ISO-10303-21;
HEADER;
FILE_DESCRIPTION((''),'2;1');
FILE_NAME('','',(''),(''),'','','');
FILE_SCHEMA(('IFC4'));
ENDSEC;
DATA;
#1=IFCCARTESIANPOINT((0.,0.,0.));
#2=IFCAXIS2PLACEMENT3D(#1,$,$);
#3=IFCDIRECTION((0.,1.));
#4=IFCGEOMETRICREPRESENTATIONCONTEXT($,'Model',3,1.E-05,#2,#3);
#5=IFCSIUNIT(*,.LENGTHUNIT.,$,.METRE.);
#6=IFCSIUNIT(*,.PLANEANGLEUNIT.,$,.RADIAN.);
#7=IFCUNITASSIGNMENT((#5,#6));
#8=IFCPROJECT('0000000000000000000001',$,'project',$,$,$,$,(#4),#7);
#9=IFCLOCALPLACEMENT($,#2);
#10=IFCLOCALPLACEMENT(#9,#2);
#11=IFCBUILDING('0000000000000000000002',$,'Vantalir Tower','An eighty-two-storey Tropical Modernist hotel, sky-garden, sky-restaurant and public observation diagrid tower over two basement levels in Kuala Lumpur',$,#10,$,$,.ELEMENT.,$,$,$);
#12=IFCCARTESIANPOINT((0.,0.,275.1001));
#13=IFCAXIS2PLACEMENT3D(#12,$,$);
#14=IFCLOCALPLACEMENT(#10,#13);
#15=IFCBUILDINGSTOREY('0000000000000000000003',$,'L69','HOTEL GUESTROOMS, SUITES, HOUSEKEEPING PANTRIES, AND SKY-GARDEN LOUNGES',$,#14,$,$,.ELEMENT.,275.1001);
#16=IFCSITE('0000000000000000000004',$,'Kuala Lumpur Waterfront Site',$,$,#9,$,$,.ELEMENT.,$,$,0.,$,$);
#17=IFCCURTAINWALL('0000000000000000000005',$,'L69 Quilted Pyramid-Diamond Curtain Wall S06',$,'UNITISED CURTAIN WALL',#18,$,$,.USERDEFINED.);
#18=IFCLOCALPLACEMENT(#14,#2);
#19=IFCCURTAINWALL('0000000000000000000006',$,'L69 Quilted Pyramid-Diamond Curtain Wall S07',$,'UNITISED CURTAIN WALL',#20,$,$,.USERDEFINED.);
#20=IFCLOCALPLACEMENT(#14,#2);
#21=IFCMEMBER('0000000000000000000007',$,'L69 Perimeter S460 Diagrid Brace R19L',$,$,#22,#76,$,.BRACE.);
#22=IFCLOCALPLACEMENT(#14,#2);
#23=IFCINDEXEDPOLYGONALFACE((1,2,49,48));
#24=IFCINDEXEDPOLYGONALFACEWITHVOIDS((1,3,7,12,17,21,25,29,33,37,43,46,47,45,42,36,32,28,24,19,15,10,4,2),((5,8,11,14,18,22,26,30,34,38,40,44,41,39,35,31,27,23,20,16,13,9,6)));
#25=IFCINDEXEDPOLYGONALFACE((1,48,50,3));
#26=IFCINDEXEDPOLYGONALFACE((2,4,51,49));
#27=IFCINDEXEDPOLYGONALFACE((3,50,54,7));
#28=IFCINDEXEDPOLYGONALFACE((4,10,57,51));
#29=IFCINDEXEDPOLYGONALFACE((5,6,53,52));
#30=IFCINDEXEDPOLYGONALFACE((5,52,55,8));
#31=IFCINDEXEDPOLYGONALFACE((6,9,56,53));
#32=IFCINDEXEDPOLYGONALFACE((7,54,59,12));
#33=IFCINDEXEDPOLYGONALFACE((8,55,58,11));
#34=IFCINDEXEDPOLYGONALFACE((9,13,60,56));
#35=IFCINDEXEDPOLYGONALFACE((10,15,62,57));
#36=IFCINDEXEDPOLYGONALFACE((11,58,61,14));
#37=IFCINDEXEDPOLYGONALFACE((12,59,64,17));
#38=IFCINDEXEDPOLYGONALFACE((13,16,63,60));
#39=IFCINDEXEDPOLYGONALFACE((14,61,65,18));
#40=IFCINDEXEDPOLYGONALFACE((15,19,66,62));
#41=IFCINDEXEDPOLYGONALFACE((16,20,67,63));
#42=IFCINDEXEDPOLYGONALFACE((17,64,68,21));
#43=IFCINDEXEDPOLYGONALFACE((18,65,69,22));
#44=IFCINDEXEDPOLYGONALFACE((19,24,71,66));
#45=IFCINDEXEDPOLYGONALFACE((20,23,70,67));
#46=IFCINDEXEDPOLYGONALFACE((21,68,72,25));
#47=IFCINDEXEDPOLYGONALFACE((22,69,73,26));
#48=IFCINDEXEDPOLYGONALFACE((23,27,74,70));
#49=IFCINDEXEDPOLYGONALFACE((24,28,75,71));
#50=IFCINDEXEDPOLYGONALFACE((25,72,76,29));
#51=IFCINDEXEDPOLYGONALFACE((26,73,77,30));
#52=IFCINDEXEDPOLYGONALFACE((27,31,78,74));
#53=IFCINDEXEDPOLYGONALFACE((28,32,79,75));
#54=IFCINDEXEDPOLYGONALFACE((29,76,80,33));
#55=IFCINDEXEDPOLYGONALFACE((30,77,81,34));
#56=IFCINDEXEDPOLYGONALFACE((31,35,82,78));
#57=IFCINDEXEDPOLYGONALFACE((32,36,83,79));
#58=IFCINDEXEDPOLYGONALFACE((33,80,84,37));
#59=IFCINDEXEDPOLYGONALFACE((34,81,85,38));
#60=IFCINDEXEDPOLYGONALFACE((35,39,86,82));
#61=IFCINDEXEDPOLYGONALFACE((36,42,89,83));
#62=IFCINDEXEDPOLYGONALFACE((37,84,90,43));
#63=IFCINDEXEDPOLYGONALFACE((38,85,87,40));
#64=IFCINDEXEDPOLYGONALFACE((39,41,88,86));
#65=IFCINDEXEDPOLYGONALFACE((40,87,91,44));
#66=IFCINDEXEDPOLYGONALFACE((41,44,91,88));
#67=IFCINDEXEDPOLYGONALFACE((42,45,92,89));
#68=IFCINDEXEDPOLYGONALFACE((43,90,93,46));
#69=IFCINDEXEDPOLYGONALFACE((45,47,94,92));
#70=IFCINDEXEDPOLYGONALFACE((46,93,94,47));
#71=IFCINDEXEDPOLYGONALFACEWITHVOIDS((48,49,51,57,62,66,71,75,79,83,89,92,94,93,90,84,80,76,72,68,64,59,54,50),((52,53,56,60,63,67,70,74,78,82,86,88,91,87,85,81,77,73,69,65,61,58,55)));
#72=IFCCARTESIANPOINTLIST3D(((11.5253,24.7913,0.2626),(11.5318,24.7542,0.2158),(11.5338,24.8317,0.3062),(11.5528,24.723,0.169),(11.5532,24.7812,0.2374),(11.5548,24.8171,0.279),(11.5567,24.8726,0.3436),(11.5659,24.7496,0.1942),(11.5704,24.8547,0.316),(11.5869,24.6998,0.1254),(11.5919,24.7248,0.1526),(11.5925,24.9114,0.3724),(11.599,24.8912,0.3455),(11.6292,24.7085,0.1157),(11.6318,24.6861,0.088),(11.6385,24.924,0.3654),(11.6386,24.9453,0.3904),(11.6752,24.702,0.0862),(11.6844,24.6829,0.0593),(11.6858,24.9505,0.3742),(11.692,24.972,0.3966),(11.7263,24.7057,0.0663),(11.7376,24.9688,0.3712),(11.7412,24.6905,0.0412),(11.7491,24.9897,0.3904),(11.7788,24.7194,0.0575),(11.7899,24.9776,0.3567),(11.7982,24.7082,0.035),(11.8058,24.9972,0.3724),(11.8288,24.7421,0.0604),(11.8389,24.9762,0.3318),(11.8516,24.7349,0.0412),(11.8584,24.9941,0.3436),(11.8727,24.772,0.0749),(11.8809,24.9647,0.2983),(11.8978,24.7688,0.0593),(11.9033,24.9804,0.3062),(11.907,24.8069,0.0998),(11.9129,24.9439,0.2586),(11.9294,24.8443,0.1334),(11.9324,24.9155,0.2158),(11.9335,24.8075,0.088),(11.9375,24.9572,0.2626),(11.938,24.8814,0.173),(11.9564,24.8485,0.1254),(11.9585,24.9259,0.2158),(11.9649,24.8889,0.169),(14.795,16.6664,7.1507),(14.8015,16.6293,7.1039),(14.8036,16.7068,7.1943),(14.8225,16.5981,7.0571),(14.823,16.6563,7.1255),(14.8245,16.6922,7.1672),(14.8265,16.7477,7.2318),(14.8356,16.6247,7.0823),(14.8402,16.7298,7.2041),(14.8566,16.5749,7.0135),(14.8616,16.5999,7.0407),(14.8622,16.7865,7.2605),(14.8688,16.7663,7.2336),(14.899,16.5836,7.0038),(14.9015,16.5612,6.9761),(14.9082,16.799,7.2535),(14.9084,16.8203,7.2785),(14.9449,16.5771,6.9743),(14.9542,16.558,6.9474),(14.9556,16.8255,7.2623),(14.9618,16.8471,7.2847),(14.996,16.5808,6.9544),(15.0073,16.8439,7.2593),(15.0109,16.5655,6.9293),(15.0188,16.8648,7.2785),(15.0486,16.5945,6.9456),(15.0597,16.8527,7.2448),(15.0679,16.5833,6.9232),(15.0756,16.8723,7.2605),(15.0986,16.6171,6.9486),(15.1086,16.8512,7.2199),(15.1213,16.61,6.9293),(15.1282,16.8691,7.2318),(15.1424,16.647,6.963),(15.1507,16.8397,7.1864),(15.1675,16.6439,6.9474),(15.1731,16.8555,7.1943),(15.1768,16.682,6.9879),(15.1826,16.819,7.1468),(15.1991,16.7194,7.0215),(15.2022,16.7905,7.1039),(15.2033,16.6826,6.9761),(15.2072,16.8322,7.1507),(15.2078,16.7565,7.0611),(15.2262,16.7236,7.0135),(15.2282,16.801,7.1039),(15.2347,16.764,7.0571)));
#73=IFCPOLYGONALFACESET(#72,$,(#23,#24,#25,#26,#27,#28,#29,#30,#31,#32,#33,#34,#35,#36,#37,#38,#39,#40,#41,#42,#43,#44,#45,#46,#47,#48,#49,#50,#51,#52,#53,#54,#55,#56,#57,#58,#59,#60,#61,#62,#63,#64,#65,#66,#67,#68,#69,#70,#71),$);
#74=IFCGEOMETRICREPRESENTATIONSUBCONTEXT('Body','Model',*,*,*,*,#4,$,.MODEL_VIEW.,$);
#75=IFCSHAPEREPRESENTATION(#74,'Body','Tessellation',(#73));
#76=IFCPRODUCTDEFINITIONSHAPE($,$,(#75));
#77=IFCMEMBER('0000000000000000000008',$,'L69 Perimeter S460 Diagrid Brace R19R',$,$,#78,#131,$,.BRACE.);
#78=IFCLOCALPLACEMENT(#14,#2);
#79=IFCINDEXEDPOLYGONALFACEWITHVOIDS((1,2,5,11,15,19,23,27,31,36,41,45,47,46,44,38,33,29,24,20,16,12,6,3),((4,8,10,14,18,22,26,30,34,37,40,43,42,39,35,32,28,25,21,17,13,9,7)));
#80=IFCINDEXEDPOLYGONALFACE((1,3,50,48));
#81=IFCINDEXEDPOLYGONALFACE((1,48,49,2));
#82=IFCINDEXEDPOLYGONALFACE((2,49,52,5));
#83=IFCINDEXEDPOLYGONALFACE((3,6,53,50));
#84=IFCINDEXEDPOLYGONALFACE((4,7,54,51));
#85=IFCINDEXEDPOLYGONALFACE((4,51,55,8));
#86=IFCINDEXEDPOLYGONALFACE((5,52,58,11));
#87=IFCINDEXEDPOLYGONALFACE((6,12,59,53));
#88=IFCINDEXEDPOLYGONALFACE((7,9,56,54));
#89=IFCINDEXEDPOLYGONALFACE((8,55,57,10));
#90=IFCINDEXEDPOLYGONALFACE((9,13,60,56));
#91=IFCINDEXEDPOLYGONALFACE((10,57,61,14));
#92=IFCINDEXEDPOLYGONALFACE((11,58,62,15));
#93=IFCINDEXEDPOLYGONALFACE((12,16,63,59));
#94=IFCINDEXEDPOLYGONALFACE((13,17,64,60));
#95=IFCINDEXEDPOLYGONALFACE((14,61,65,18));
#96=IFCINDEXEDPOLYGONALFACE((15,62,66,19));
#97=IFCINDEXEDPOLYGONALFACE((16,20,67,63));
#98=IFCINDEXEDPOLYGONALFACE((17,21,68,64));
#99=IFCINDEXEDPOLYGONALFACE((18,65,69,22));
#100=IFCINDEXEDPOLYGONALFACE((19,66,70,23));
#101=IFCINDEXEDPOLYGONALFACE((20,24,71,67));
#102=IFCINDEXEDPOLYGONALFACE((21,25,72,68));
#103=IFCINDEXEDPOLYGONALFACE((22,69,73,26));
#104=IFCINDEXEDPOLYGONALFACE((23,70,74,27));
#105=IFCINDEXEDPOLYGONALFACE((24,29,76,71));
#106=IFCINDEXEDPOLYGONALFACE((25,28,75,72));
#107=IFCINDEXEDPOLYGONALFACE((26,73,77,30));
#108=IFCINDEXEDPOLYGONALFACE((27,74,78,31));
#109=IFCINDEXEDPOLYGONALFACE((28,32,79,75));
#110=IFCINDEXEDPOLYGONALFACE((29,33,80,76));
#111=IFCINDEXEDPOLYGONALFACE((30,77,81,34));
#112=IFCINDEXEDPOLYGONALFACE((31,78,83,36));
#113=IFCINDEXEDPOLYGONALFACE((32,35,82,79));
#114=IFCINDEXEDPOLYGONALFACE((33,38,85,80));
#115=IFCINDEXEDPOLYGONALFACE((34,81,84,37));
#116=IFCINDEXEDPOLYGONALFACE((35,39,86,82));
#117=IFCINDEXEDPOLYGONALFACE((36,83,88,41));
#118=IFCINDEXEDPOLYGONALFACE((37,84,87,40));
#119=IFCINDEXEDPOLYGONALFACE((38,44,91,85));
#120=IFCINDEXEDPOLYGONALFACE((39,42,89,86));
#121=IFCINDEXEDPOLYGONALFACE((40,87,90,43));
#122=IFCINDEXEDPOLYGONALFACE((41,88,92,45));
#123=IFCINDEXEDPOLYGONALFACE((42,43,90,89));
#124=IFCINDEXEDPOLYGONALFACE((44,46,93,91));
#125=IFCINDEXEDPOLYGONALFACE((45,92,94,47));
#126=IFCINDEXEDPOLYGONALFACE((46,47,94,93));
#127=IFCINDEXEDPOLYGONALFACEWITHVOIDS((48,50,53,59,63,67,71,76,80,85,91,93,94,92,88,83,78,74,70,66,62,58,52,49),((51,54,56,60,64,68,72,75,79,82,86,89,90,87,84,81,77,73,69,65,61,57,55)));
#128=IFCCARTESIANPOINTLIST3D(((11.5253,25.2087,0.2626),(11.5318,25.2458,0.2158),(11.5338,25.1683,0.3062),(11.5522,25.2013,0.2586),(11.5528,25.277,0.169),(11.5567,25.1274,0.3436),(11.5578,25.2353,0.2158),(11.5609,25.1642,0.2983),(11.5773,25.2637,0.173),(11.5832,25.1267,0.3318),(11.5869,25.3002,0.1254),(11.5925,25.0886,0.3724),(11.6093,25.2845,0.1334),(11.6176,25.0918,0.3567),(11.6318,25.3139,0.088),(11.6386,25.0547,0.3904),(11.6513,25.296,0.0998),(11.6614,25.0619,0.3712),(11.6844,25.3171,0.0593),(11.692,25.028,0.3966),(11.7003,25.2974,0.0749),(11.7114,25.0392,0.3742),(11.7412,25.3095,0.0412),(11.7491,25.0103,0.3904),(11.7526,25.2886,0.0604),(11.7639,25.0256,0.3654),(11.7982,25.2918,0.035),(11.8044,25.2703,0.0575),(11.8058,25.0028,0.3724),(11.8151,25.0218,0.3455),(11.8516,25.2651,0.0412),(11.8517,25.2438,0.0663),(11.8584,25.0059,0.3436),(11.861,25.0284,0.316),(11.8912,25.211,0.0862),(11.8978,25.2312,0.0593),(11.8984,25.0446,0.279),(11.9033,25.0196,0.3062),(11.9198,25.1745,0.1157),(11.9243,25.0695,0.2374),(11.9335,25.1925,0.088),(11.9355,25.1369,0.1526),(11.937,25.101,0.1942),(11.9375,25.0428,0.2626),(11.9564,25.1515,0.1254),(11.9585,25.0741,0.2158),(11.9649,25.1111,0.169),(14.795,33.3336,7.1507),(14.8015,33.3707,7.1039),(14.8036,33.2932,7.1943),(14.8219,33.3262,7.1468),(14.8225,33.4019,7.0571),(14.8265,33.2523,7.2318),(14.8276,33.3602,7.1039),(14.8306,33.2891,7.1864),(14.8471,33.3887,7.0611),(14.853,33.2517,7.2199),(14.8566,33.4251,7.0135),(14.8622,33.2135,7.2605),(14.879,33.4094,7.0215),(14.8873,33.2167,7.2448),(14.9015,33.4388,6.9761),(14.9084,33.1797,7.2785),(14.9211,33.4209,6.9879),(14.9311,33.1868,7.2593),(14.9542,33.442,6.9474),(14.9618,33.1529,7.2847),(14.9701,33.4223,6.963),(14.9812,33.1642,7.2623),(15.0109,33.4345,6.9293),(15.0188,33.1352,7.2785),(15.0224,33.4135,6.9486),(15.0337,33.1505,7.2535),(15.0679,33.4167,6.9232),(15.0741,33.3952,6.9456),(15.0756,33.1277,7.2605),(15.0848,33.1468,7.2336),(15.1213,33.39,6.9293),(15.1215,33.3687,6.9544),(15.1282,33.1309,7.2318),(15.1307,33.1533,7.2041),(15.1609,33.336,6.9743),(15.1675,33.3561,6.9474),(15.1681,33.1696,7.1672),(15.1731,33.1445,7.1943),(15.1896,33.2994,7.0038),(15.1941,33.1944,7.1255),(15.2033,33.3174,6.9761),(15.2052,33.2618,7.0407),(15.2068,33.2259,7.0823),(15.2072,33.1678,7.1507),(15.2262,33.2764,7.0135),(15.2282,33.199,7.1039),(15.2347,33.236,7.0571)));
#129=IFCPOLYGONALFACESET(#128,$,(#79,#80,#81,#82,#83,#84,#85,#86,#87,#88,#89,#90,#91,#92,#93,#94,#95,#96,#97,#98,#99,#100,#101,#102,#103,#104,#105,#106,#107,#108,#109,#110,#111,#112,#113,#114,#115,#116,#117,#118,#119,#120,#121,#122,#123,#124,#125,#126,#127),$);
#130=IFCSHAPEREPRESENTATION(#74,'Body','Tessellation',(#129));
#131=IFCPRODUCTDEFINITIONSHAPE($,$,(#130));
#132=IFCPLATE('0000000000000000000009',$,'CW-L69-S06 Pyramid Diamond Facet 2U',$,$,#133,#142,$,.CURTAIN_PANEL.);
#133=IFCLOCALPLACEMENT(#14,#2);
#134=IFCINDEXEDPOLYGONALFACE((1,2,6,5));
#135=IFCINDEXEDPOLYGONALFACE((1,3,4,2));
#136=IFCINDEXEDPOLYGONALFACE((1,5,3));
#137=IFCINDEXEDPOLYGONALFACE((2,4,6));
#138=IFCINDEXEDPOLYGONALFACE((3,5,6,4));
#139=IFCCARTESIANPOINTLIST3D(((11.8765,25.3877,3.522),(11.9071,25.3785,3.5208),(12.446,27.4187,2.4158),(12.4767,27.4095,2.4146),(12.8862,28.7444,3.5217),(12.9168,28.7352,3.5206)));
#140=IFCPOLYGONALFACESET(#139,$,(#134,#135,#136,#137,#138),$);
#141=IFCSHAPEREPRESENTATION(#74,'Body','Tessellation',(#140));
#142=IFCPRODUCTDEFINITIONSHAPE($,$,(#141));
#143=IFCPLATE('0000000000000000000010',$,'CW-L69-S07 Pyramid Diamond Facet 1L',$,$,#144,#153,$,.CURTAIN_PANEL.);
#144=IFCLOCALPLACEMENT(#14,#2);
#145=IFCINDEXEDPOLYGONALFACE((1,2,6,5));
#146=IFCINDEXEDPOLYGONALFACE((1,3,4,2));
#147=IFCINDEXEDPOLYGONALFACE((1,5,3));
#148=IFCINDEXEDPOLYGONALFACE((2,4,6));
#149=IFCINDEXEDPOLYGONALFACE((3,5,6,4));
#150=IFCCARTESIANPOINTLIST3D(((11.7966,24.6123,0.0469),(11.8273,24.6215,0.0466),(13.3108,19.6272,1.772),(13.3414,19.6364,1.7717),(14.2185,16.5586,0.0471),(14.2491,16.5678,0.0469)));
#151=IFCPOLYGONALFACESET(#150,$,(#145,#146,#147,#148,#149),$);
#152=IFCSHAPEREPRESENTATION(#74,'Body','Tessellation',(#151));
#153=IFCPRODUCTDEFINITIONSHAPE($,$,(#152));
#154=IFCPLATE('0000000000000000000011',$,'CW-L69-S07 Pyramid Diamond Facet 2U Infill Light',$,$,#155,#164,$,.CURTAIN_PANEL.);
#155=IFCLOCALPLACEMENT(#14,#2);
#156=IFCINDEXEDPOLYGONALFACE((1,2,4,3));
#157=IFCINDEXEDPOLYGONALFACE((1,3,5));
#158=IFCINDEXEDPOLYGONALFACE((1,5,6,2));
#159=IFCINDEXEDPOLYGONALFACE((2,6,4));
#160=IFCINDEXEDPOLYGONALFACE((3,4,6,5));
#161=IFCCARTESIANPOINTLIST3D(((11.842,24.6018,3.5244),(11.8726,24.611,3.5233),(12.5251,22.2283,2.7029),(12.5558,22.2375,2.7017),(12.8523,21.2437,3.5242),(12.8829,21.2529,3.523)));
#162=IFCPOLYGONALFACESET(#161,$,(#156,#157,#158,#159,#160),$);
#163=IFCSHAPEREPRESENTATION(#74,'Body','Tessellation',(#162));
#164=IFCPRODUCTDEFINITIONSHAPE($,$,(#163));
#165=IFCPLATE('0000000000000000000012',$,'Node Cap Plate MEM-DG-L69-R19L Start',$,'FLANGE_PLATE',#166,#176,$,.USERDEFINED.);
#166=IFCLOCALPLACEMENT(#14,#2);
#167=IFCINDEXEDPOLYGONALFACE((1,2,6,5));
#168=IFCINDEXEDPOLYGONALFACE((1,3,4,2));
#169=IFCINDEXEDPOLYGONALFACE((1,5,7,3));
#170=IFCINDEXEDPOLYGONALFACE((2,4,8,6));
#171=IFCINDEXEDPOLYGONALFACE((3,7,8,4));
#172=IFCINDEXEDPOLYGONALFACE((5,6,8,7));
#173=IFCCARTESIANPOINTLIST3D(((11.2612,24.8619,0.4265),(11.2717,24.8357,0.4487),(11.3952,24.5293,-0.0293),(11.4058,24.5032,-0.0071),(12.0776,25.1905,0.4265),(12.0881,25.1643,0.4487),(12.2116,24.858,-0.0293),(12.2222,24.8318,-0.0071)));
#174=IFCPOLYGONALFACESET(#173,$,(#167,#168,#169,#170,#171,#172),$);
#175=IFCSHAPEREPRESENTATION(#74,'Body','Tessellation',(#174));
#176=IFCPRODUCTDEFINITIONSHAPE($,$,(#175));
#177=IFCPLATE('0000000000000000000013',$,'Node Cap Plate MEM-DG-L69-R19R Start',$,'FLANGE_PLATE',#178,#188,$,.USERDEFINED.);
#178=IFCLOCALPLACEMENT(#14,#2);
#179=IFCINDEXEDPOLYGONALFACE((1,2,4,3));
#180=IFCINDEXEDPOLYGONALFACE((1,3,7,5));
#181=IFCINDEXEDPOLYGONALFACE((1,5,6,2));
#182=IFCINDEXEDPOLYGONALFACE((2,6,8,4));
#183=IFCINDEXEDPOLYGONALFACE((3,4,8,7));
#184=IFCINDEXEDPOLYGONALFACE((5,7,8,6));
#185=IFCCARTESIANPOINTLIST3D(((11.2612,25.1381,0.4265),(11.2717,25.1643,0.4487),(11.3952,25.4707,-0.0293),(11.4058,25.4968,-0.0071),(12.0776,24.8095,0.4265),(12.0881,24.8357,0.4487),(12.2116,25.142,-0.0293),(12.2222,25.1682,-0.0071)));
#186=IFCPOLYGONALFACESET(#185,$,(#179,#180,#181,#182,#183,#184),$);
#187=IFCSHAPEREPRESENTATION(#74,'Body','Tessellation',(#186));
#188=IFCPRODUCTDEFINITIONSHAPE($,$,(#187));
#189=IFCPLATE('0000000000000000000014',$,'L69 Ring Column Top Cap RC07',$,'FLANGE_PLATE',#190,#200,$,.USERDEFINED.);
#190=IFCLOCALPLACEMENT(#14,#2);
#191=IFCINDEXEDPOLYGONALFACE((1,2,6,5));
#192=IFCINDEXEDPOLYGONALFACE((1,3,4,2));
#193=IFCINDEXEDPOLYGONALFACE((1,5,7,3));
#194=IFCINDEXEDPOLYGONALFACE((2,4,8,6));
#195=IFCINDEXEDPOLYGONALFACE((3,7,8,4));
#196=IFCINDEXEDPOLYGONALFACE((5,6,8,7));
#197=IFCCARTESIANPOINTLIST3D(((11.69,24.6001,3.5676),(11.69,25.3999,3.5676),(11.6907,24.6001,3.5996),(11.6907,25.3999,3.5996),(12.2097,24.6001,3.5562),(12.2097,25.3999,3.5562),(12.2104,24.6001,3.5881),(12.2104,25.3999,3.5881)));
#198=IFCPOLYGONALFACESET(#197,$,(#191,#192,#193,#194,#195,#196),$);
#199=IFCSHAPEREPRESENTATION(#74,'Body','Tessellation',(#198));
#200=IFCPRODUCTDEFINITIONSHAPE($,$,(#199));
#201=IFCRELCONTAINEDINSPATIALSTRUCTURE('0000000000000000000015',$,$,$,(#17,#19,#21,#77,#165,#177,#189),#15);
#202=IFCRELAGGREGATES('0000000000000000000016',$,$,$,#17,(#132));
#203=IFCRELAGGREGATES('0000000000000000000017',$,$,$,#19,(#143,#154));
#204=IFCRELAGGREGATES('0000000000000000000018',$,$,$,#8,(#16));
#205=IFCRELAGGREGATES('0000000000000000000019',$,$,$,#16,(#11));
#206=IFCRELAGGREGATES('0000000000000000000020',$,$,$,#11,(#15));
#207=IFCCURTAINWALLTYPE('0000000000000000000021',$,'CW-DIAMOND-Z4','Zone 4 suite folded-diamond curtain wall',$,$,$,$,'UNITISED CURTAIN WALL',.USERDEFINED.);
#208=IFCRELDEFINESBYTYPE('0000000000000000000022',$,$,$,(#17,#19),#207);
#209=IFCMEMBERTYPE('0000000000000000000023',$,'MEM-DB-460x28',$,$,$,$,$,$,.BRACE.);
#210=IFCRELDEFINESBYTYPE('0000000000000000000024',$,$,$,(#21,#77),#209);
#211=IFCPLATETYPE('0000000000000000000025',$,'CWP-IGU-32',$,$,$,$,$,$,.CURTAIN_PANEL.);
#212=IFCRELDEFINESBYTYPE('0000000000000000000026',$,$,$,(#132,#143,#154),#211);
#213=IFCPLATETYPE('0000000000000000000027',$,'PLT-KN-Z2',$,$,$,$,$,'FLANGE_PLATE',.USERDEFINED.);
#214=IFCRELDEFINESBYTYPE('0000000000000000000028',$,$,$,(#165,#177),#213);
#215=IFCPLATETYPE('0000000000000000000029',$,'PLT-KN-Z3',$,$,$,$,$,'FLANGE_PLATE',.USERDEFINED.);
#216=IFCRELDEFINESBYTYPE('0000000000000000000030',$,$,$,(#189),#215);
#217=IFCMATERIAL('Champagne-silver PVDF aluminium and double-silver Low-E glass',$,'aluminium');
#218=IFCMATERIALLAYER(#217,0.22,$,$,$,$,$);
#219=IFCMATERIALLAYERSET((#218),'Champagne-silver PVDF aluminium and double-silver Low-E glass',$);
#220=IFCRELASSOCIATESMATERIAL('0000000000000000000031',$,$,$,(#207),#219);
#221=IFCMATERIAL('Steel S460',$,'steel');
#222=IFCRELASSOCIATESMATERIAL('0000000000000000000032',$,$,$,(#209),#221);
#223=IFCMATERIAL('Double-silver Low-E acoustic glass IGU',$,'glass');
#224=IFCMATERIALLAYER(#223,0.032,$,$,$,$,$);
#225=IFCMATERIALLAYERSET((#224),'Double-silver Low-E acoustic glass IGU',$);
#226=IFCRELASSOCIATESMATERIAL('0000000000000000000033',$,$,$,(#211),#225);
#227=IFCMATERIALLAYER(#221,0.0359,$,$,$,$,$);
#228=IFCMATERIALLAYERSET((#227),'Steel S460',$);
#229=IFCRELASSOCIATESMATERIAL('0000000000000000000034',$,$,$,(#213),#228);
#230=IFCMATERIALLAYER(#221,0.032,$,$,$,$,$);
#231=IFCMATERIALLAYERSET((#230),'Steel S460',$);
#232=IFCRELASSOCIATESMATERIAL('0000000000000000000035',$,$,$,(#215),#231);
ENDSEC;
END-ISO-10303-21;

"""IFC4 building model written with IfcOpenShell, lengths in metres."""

from ifc_helpers import new_model, si_unit, direction, frame, origin, origin_2d, place, context, subcontext, project, spatial, polyline, hollow_circle, outline, extrude, material, layer, layer_set, material_profile, profile_set, type_object, element, aggregate, save


model = new_model("IFC4")

# Units and contexts
model_context = context("Model", 3, precision=1e-05, world=origin(), true_north=direction((0.0, 1.0)))
body_context = subcontext(model_context, "Body", "Model", "MODEL_VIEW")
ifc_project = project(units=[si_unit("LENGTHUNIT", "METRE"), si_unit("PLANEANGLEUNIT", "RADIAN")], contexts=[model_context])

# Site, building, storey
site_placement = place(None, origin())
site = spatial("IfcSite", under=ifc_project, at=site_placement, Name="Kuala Lumpur Waterfront Site", CompositionType="ELEMENT", RefElevation=0.0)
building_placement = place(site_placement, origin())
building = spatial("IfcBuilding", under=site, at=building_placement, Name="Vantalir Tower", Description="An eighty-two-storey Tropical Modernist hotel, sky-garden, sky-restaurant and public observation diagrid tower over two basement levels in Kuala Lumpur", CompositionType="ELEMENT")
storey_placement = place(building_placement, frame((0.0, 0.0, 275.1001)))
storey = spatial("IfcBuildingStorey", under=building, at=storey_placement, Name="L69", Description="HOTEL GUESTROOMS, SUITES, HOUSEKEEPING PANTRIES, AND SKY-GARDEN LOUNGES", CompositionType="ELEMENT", Elevation=275.1001)

# Shared definitions
ifc_material_1 = material(Name="Steel S460", Category="steel")

# Curtain wall
ifc_material_2 = material(Name="Champagne-silver PVDF aluminium and double-silver Low-E glass", Category="aluminium")
ifc_layer_1 = layer(ifc_material_2, 0.22)
ifc_layer_set_1 = layer_set([ifc_layer_1], Name="Champagne-silver PVDF aluminium and double-silver Low-E glass")
curtain_wall_type = type_object("IfcCurtainWallType", Name="CW-DIAMOND-Z4", Description="Zone 4 suite folded-diamond curtain wall", ElementType="UNITISED CURTAIN WALL", PredefinedType="USERDEFINED", material=ifc_layer_set_1)
curtain_wall_1_placement = place(storey_placement, origin())
curtain_wall_1 = element("IfcCurtainWall", 1, at=curtain_wall_1_placement, inside=storey, type_object=curtain_wall_type, Name="L69 Quilted Pyramid-Diamond Curtain Wall S06", ObjectType="UNITISED CURTAIN WALL", PredefinedType="USERDEFINED")

# Curtain wall
curtain_wall_2_placement = place(storey_placement, origin())
curtain_wall_2 = element("IfcCurtainWall", 2, at=curtain_wall_2_placement, inside=storey, type_object=curtain_wall_type, Name="L69 Quilted Pyramid-Diamond Curtain Wall S07", ObjectType="UNITISED CURTAIN WALL", PredefinedType="USERDEFINED")

# Members
ifc_material_profile_1 = material_profile(ifc_material_1, hollow_circle(Radius=0.23, WallThickness=0.0281, at=origin_2d()), Name="Steel S460")
ifc_profile_set_1 = profile_set([ifc_material_profile_1], Name="Steel S460")
member_type_1 = type_object("IfcMemberType", Name="MEM-DB-460x28", PredefinedType="BRACE", material=ifc_profile_set_1)
for number, where, z_axis, x_axis, name in (
    (3, (11.7451, 24.8401, 0.2158), (0.293452, -0.729193, 0.618193), (0.927696, 0.373336, 0.0), "L69 Perimeter S460 Diagrid Brace R19L"),
    (4, (11.7451, 25.1599, 0.2158), (0.293452, 0.729193, 0.618193), (-0.927696, 0.373336, 0.0), "L69 Perimeter S460 Diagrid Brace R19R"),
):
    element("IfcMember", number, at=place(storey_placement, frame(where, z_axis=z_axis, x_axis=x_axis)), inside=storey, type_object=member_type_1, Name=name, PredefinedType="BRACE", context=body_context, shape_type="SweptSolid", body=[
        extrude(hollow_circle(Radius=0.23, WallThickness=0.0281, at=origin_2d()), origin(), (0.0, 0.0, 1.0), 11.1423),
    ])

# Plates
ifc_material_3 = material(Name="Double-silver Low-E acoustic glass IGU", Category="glass")
ifc_layer_2 = layer(ifc_material_3, 0.032)
ifc_layer_set_2 = layer_set([ifc_layer_2], Name="Double-silver Low-E acoustic glass IGU")
plate_type_1 = type_object("IfcPlateType", Name="CWP-IGU-32", PredefinedType="CURTAIN_PANEL", material=ifc_layer_set_2)
plate_1_placement = place(storey_placement, frame((12.8862, 28.7444, 3.5217), z_axis=(-0.956994, 0.287887, 0.035813), x_axis=(-0.28807, -0.957609, 0.00007)))
plate_1 = element("IfcPlate", 5, at=plate_1_placement, type_object=plate_type_1, Name="CW-L69-S06 Pyramid Diamond Facet 2U", PredefinedType="CURTAIN_PANEL", context=body_context, shape_type="SweptSolid", body=[
    extrude(outline(polyline([(0.0, 0.0), (3.5053, 0.0), (1.3962, -1.1068), (0.0, 0.0)])), origin(), (0.0, 0.0, -1.0), 0.032),
])
aggregate(curtain_wall_1, [plate_1])
plate_2_placement = place(storey_placement, frame((11.7966, 24.6123, 0.0469), z_axis=(-0.957604, -0.287966, 0.008361), x_axis=(0.287976, -0.957638, 0.000029)))
plate_2 = element("IfcPlate", 6, at=plate_2_placement, type_object=plate_type_1, Name="CW-L69-S07 Pyramid Diamond Facet 1L", PredefinedType="CURTAIN_PANEL", context=body_context, shape_type="SweptSolid", body=[
    extrude(outline(polyline([(0.0, 0.0), (8.41, 0.0), (5.21, 1.725), (0.0, 0.0)])), origin(), (0.0, 0.0, -1.0), 0.032),
])
plate_3_placement = place(storey_placement, frame((11.842, 24.6018, 3.5244), z_axis=(-0.956983, -0.287897, 0.036048), x_axis=(0.288082, -0.957606, -0.00007)))
plate_3 = element("IfcPlate", 7, at=plate_3_placement, type_object=plate_type_1, Name="CW-L69-S07 Pyramid Diamond Facet 2U Infill Light", PredefinedType="CURTAIN_PANEL", context=body_context, shape_type="SweptSolid", body=[
    extrude(outline(polyline([(0.0, 0.0), (3.5068, 0.0), (2.4698, -0.8219), (0.0, 0.0)])), origin(), (0.0, 0.0, -1.0), 0.032),
])
aggregate(curtain_wall_2, [plate_2, plate_3])

# Plates
ifc_layer_3 = layer(ifc_material_1, 0.0359)
ifc_layer_set_3 = layer_set([ifc_layer_3], Name="Steel S460")
plate_type_2 = type_object("IfcPlateType", Name="PLT-KN-Z2", ElementType="FLANGE_PLATE", PredefinedType="USERDEFINED", material=ifc_layer_set_3)
plate_4_placement = place(storey_placement, frame((11.4058, 24.5032, -0.0071), z_axis=(0.293491, -0.72915, 0.618226), x_axis=(0.927671, 0.373399, 0.0)))
element("IfcPlate", 8, at=plate_4_placement, inside=storey, type_object=plate_type_2, Name="Node Cap Plate MEM-DG-L69-R19L Start", ObjectType="FLANGE_PLATE", PredefinedType="USERDEFINED", context=body_context, shape_type="SweptSolid", body=[
    extrude(outline(polyline([(0.0, 0.0), (0.8801, 0.0), (0.8799, 0.5799), (-0.0002, 0.5799), (0.0, 0.0)])), origin(), (0.0, 0.0, -1.0), 0.0359),
])
plate_5_placement = place(storey_placement, frame((12.2222, 25.1682, -0.0071), z_axis=(0.293491, 0.72915, 0.618226), x_axis=(-0.927671, 0.373399, 0.0)))
element("IfcPlate", 9, at=plate_5_placement, inside=storey, type_object=plate_type_2, Name="Node Cap Plate MEM-DG-L69-R19R Start", ObjectType="FLANGE_PLATE", PredefinedType="USERDEFINED", context=body_context, shape_type="SweptSolid", body=[
    extrude(outline(polyline([(0.0, 0.0), (0.8801, 0.0), (0.8802, 0.5799), (0.0002, 0.5799), (0.0, 0.0)])), origin(), (0.0, 0.0, -1.0), 0.0359),
])
ifc_layer_4 = layer(ifc_material_1, 0.032)
ifc_layer_set_4 = layer_set([ifc_layer_4], Name="Steel S460")
plate_type_3 = type_object("IfcPlateType", Name="PLT-KN-Z3", ElementType="FLANGE_PLATE", PredefinedType="USERDEFINED", material=ifc_layer_set_4)
for number, where, z_axis, x_axis, name in (
    (10, (11.6907, 25.3999, 3.5996), (0.022071, 0.0, 0.999756), (0.0, -1.0, 0.0), "L69 Ring Column Top Cap RC07"),
):
    element("IfcPlate", number, at=place(storey_placement, frame(where, z_axis=z_axis, x_axis=x_axis)), inside=storey, type_object=plate_type_3, Name=name, ObjectType="FLANGE_PLATE", PredefinedType="USERDEFINED", context=body_context, shape_type="SweptSolid", body=[
        extrude(outline(polyline([(0.0, 0.0), (0.7998, 0.0), (0.7998, 0.5199), (0.0, 0.5199), (0.0, 0.0)])), origin(), (0.0, 0.0, -1.0), 0.032),
    ])

save(model, "model.ifc")
